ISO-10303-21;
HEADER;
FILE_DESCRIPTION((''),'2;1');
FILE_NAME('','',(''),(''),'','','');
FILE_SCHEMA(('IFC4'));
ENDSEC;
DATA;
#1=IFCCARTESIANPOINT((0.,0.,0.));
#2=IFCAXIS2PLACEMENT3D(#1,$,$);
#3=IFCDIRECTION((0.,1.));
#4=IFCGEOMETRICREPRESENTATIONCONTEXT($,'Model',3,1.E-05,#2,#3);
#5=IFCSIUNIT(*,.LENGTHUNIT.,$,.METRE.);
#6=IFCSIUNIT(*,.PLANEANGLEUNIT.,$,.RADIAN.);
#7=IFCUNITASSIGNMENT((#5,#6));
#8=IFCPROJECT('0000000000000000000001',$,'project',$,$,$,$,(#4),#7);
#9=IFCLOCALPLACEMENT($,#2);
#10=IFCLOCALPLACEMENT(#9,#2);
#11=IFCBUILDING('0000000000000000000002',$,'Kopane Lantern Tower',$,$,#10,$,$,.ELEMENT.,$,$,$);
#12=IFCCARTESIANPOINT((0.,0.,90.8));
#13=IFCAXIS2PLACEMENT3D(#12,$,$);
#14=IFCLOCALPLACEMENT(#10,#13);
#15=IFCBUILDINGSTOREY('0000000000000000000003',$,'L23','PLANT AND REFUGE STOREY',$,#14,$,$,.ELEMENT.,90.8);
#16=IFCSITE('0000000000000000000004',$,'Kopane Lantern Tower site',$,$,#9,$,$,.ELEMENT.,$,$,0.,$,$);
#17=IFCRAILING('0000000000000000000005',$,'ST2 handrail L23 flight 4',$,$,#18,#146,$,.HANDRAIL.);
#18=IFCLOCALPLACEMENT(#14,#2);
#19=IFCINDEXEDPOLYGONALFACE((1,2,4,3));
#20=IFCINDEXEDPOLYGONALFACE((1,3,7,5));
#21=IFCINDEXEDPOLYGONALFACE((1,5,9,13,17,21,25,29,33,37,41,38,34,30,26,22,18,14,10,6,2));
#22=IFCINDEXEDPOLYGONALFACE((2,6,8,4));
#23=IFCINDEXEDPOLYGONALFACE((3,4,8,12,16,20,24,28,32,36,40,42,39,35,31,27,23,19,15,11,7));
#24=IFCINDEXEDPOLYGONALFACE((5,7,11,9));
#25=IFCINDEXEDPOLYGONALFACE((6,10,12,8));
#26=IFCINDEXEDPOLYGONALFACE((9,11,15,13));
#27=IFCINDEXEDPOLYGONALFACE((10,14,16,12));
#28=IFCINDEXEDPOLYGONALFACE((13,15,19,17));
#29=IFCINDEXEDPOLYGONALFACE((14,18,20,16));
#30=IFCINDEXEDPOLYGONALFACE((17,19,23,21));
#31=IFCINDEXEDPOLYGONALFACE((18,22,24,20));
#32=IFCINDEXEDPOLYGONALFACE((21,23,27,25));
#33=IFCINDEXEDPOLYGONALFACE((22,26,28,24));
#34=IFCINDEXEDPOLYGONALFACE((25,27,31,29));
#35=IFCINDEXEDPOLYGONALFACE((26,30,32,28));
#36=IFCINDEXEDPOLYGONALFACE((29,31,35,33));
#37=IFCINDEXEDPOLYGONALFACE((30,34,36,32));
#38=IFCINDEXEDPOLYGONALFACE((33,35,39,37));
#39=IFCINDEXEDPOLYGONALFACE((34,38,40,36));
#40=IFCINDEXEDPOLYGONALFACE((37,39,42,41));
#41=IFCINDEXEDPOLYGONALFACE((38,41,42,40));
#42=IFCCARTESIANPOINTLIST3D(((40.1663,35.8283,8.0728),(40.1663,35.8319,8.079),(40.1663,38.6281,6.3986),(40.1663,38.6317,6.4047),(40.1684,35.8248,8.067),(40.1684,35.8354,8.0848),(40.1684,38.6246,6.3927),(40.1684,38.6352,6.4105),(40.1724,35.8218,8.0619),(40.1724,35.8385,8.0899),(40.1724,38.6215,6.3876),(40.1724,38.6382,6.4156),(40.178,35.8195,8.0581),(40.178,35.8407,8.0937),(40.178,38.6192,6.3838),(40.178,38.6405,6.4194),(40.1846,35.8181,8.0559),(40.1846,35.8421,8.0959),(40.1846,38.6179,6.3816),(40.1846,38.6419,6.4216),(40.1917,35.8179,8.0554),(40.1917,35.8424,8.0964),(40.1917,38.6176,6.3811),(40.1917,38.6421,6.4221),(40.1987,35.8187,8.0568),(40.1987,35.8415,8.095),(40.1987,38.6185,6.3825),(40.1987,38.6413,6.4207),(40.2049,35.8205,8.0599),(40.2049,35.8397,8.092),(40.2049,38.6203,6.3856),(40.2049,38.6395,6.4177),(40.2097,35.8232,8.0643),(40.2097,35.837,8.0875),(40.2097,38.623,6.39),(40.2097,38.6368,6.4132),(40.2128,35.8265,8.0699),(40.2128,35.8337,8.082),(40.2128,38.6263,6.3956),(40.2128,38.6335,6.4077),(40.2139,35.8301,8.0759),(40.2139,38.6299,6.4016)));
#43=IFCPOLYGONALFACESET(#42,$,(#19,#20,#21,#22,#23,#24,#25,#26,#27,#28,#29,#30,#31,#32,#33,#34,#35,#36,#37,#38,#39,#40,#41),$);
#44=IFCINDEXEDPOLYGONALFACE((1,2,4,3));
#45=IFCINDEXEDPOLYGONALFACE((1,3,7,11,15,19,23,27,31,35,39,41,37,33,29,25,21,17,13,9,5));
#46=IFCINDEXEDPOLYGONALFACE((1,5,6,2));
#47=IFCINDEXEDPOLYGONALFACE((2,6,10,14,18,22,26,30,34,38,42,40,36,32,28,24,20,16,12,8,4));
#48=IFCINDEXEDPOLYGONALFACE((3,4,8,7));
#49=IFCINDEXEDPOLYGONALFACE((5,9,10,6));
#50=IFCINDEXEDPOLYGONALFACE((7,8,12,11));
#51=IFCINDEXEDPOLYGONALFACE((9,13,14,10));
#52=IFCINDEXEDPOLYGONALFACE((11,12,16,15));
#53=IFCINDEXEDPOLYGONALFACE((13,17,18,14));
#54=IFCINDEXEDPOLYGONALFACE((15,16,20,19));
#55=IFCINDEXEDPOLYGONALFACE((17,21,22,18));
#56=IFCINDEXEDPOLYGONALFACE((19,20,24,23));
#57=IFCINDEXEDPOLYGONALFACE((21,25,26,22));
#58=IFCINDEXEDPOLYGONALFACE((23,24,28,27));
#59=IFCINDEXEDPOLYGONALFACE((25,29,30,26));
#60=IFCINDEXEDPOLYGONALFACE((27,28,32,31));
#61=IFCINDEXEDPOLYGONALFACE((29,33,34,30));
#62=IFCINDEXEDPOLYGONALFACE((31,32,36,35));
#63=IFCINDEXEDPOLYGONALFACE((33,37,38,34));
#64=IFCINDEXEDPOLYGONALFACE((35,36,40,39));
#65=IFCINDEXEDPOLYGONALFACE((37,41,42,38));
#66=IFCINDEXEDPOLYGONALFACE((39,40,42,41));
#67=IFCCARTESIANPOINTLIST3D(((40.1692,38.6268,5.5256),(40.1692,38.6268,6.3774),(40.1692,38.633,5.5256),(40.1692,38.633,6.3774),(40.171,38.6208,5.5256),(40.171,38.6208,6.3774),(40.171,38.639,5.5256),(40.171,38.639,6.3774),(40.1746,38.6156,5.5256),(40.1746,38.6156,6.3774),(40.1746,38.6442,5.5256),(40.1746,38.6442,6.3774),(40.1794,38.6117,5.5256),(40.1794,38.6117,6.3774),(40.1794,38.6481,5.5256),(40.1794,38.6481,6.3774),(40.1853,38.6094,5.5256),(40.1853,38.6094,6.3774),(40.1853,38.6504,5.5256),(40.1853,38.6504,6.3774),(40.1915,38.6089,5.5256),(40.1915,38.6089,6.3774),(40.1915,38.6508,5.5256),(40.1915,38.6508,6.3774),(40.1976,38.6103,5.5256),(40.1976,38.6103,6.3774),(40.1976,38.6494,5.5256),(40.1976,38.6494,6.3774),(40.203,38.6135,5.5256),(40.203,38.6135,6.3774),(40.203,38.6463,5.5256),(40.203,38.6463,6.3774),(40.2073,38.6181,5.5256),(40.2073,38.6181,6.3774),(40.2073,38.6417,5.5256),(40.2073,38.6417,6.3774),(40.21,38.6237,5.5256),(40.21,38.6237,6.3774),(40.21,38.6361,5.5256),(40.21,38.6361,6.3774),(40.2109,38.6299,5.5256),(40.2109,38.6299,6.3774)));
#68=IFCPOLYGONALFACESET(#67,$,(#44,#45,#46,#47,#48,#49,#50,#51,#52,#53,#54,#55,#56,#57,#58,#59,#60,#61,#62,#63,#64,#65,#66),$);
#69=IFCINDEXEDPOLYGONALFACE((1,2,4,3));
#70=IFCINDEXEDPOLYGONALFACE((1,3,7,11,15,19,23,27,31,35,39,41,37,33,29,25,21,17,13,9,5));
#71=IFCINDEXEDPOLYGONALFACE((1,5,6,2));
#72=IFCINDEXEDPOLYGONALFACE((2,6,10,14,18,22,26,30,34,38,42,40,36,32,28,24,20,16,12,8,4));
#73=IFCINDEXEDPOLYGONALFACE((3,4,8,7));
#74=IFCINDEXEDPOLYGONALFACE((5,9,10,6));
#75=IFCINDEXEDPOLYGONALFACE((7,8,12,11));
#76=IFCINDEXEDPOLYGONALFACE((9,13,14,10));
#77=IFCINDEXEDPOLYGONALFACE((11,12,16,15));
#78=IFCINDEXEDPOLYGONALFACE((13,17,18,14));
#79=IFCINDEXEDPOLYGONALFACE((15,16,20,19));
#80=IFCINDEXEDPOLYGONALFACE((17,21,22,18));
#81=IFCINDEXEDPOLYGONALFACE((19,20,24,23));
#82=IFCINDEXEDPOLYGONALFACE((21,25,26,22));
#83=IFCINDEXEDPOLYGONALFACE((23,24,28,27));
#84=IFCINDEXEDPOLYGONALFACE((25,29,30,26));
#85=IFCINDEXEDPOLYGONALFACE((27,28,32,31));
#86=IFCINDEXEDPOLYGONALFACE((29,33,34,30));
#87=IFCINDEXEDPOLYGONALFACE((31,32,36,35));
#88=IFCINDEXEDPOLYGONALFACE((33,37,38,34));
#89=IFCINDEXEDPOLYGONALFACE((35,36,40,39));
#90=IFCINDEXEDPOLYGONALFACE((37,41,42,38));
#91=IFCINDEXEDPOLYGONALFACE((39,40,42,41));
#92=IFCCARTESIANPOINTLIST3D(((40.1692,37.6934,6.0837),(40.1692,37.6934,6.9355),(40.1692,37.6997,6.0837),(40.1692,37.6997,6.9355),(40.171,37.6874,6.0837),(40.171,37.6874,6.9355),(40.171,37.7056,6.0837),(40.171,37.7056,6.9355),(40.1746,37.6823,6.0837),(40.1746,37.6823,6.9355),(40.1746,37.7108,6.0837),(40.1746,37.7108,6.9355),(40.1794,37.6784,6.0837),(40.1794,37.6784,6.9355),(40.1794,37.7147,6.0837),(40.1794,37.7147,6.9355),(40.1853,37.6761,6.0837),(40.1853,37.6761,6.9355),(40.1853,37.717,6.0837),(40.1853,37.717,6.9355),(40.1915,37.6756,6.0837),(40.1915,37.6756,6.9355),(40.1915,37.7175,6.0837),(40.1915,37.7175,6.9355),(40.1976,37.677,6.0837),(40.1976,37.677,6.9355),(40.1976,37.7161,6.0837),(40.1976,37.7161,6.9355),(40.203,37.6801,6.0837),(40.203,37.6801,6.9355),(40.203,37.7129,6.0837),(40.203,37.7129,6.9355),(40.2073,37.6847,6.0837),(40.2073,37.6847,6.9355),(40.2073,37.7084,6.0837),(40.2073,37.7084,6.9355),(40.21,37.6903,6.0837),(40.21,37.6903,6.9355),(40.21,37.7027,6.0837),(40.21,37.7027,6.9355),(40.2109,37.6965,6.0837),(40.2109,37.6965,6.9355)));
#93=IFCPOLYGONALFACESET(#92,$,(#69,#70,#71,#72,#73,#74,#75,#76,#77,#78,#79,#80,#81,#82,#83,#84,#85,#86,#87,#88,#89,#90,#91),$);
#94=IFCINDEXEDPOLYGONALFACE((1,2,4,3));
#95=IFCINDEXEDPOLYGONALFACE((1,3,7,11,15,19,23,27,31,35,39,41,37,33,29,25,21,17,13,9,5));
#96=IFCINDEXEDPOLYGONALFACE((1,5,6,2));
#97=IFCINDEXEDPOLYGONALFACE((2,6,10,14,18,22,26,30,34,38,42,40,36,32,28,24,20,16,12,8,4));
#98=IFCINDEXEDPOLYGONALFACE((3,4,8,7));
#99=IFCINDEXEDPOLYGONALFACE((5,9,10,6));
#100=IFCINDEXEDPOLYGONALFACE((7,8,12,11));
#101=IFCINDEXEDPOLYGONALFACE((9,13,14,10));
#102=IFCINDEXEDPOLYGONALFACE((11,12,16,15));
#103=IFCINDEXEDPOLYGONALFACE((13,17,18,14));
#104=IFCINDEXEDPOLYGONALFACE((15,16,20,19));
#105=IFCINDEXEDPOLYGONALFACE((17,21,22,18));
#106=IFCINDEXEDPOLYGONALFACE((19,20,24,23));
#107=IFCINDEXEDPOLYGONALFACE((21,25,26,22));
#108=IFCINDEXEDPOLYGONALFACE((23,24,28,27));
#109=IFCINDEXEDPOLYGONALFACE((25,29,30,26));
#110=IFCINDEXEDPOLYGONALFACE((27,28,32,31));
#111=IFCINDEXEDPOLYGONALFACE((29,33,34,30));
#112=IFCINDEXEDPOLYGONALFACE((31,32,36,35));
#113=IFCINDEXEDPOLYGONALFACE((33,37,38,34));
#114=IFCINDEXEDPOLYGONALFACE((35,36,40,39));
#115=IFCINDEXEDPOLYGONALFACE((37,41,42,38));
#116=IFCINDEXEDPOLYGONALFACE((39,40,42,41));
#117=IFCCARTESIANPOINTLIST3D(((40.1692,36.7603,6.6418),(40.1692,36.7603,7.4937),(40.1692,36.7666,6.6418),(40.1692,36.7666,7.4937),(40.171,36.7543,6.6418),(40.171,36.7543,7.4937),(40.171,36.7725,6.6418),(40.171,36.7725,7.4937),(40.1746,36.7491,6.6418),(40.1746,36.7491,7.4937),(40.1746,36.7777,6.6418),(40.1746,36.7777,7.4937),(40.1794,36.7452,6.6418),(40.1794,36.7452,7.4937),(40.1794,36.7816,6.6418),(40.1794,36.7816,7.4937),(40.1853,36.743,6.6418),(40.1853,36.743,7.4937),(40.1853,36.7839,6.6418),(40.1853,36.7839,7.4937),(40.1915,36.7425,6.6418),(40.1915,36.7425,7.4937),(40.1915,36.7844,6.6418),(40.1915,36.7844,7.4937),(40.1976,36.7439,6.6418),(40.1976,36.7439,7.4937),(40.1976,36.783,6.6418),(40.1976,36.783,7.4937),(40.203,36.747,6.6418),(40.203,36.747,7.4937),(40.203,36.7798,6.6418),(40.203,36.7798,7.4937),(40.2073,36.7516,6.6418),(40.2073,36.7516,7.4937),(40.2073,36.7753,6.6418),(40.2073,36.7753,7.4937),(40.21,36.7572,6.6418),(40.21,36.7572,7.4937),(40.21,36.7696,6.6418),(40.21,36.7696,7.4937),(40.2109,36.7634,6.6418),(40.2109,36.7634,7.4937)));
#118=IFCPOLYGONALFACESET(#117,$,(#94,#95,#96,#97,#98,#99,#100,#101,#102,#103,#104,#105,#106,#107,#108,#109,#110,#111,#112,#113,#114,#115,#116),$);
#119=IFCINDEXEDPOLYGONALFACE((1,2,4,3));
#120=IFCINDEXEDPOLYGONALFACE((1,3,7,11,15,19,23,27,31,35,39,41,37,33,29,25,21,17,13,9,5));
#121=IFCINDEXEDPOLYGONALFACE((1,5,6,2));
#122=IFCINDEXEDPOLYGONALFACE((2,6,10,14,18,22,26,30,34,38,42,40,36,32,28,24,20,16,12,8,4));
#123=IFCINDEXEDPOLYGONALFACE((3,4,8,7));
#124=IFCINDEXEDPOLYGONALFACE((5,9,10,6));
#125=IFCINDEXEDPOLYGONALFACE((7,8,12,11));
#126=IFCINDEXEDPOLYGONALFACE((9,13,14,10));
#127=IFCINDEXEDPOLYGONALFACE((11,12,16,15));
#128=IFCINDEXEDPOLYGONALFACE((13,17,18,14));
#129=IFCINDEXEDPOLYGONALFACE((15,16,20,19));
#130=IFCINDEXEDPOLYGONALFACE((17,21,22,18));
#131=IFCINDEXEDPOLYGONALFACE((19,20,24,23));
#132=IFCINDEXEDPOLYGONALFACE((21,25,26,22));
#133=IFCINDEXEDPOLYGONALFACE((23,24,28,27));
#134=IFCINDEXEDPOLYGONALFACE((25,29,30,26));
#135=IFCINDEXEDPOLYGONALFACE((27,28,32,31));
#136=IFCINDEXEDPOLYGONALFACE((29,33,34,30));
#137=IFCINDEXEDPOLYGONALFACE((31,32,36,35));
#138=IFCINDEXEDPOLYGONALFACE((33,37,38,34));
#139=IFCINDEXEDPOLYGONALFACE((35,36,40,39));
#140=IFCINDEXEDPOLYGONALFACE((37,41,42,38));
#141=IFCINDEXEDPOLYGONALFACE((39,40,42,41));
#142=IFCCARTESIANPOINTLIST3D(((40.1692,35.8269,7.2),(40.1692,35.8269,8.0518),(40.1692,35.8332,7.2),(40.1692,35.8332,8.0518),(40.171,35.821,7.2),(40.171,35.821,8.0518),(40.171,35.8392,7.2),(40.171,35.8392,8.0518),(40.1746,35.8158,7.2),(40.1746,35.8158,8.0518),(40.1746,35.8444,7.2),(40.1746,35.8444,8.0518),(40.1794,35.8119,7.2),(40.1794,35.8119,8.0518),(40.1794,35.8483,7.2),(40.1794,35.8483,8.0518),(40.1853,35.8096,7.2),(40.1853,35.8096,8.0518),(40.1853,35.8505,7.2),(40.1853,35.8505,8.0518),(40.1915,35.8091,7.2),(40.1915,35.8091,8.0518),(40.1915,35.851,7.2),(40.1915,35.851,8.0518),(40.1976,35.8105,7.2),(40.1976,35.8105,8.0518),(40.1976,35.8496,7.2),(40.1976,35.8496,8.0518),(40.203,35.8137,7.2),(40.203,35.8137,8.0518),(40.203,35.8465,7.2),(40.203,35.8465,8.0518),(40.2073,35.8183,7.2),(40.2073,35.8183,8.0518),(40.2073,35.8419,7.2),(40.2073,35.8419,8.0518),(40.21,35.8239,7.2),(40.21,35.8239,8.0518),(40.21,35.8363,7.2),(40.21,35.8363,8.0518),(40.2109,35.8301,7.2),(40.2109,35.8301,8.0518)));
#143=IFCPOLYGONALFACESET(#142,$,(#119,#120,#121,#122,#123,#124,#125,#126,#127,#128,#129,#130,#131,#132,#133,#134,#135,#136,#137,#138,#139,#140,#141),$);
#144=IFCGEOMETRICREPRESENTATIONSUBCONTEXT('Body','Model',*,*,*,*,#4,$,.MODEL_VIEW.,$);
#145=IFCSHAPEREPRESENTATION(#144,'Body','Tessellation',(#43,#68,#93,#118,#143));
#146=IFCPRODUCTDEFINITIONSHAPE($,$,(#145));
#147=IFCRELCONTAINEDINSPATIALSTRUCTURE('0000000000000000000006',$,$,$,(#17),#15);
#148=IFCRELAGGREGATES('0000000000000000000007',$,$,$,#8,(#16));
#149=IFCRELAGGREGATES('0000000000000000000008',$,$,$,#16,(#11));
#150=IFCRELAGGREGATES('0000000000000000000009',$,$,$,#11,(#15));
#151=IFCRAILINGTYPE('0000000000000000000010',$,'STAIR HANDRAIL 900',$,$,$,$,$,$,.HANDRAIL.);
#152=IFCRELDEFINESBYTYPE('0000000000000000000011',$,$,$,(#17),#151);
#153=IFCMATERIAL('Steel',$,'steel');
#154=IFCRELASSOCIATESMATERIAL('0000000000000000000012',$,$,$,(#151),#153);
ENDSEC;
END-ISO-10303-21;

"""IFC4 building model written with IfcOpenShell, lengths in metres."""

from ifc_helpers import new_model, si_unit, direction, frame, origin, origin_2d, place, context, subcontext, project, spatial, circle, extrude, material, type_object, element, save


model = new_model("IFC4")

# Units and contexts
model_context = context("Model", 3, precision=1e-05, world=origin(), true_north=direction((0.0, 1.0)))
body_context = subcontext(model_context, "Body", "Model", "MODEL_VIEW")
ifc_project = project(units=[si_unit("LENGTHUNIT", "METRE"), si_unit("PLANEANGLEUNIT", "RADIAN")], contexts=[model_context])

# Site, building, storey
site_placement = place(None, origin())
site = spatial("IfcSite", under=ifc_project, at=site_placement, Name="Kopane Lantern Tower site", CompositionType="ELEMENT", RefElevation=0.0)
building_placement = place(site_placement, origin())
building = spatial("IfcBuilding", under=site, at=building_placement, Name="Kopane Lantern Tower", CompositionType="ELEMENT")
storey_placement = place(building_placement, frame((0.0, 0.0, 90.8)))
storey = spatial("IfcBuildingStorey", under=building, at=storey_placement, Name="L23", Description="PLANT AND REFUGE STOREY", CompositionType="ELEMENT", Elevation=90.8)

# Railing
ifc_material_1 = material(Name="Steel", Category="steel")
railing_type_1 = type_object("IfcRailingType", Name="STAIR HANDRAIL 900", PredefinedType="HANDRAIL", material=ifc_material_1)
for number, where, name in (
    (1, (40.1899, 38.6299, 5.5256), "ST2 handrail L23 flight 4"),
):
    element("IfcRailing", number, at=place(storey_placement, frame(where)), inside=storey, type_object=railing_type_1, Name=name, PredefinedType="HANDRAIL", context=body_context, shape_type="SweptSolid", body=[
        extrude(circle(Radius=0.0239, at=origin_2d()), frame((0.0, 0.0, 0.876), z_axis=(0.0, -0.858245, 0.513241), x_axis=(1.0, 0.0, 0.0)), (0.0, 0.0, 1.0), 3.2622),
        extrude(circle(Radius=0.021, at=origin_2d()), origin(), (0.0, 0.0, 1.0), 0.8518),
        extrude(circle(Radius=0.021, at=origin_2d()), frame((0.0, -0.9333, 0.5581)), (0.0, 0.0, 1.0), 0.8518),
        extrude(circle(Radius=0.021, at=origin_2d()), frame((0.0, -1.8665, 1.1162)), (0.0, 0.0, 1.0), 0.8518),
        extrude(circle(Radius=0.021, at=origin_2d()), frame((0.0, -2.7998, 1.6743)), (0.0, 0.0, 1.0), 0.8518),
    ])

save(model, "model.ifc")
